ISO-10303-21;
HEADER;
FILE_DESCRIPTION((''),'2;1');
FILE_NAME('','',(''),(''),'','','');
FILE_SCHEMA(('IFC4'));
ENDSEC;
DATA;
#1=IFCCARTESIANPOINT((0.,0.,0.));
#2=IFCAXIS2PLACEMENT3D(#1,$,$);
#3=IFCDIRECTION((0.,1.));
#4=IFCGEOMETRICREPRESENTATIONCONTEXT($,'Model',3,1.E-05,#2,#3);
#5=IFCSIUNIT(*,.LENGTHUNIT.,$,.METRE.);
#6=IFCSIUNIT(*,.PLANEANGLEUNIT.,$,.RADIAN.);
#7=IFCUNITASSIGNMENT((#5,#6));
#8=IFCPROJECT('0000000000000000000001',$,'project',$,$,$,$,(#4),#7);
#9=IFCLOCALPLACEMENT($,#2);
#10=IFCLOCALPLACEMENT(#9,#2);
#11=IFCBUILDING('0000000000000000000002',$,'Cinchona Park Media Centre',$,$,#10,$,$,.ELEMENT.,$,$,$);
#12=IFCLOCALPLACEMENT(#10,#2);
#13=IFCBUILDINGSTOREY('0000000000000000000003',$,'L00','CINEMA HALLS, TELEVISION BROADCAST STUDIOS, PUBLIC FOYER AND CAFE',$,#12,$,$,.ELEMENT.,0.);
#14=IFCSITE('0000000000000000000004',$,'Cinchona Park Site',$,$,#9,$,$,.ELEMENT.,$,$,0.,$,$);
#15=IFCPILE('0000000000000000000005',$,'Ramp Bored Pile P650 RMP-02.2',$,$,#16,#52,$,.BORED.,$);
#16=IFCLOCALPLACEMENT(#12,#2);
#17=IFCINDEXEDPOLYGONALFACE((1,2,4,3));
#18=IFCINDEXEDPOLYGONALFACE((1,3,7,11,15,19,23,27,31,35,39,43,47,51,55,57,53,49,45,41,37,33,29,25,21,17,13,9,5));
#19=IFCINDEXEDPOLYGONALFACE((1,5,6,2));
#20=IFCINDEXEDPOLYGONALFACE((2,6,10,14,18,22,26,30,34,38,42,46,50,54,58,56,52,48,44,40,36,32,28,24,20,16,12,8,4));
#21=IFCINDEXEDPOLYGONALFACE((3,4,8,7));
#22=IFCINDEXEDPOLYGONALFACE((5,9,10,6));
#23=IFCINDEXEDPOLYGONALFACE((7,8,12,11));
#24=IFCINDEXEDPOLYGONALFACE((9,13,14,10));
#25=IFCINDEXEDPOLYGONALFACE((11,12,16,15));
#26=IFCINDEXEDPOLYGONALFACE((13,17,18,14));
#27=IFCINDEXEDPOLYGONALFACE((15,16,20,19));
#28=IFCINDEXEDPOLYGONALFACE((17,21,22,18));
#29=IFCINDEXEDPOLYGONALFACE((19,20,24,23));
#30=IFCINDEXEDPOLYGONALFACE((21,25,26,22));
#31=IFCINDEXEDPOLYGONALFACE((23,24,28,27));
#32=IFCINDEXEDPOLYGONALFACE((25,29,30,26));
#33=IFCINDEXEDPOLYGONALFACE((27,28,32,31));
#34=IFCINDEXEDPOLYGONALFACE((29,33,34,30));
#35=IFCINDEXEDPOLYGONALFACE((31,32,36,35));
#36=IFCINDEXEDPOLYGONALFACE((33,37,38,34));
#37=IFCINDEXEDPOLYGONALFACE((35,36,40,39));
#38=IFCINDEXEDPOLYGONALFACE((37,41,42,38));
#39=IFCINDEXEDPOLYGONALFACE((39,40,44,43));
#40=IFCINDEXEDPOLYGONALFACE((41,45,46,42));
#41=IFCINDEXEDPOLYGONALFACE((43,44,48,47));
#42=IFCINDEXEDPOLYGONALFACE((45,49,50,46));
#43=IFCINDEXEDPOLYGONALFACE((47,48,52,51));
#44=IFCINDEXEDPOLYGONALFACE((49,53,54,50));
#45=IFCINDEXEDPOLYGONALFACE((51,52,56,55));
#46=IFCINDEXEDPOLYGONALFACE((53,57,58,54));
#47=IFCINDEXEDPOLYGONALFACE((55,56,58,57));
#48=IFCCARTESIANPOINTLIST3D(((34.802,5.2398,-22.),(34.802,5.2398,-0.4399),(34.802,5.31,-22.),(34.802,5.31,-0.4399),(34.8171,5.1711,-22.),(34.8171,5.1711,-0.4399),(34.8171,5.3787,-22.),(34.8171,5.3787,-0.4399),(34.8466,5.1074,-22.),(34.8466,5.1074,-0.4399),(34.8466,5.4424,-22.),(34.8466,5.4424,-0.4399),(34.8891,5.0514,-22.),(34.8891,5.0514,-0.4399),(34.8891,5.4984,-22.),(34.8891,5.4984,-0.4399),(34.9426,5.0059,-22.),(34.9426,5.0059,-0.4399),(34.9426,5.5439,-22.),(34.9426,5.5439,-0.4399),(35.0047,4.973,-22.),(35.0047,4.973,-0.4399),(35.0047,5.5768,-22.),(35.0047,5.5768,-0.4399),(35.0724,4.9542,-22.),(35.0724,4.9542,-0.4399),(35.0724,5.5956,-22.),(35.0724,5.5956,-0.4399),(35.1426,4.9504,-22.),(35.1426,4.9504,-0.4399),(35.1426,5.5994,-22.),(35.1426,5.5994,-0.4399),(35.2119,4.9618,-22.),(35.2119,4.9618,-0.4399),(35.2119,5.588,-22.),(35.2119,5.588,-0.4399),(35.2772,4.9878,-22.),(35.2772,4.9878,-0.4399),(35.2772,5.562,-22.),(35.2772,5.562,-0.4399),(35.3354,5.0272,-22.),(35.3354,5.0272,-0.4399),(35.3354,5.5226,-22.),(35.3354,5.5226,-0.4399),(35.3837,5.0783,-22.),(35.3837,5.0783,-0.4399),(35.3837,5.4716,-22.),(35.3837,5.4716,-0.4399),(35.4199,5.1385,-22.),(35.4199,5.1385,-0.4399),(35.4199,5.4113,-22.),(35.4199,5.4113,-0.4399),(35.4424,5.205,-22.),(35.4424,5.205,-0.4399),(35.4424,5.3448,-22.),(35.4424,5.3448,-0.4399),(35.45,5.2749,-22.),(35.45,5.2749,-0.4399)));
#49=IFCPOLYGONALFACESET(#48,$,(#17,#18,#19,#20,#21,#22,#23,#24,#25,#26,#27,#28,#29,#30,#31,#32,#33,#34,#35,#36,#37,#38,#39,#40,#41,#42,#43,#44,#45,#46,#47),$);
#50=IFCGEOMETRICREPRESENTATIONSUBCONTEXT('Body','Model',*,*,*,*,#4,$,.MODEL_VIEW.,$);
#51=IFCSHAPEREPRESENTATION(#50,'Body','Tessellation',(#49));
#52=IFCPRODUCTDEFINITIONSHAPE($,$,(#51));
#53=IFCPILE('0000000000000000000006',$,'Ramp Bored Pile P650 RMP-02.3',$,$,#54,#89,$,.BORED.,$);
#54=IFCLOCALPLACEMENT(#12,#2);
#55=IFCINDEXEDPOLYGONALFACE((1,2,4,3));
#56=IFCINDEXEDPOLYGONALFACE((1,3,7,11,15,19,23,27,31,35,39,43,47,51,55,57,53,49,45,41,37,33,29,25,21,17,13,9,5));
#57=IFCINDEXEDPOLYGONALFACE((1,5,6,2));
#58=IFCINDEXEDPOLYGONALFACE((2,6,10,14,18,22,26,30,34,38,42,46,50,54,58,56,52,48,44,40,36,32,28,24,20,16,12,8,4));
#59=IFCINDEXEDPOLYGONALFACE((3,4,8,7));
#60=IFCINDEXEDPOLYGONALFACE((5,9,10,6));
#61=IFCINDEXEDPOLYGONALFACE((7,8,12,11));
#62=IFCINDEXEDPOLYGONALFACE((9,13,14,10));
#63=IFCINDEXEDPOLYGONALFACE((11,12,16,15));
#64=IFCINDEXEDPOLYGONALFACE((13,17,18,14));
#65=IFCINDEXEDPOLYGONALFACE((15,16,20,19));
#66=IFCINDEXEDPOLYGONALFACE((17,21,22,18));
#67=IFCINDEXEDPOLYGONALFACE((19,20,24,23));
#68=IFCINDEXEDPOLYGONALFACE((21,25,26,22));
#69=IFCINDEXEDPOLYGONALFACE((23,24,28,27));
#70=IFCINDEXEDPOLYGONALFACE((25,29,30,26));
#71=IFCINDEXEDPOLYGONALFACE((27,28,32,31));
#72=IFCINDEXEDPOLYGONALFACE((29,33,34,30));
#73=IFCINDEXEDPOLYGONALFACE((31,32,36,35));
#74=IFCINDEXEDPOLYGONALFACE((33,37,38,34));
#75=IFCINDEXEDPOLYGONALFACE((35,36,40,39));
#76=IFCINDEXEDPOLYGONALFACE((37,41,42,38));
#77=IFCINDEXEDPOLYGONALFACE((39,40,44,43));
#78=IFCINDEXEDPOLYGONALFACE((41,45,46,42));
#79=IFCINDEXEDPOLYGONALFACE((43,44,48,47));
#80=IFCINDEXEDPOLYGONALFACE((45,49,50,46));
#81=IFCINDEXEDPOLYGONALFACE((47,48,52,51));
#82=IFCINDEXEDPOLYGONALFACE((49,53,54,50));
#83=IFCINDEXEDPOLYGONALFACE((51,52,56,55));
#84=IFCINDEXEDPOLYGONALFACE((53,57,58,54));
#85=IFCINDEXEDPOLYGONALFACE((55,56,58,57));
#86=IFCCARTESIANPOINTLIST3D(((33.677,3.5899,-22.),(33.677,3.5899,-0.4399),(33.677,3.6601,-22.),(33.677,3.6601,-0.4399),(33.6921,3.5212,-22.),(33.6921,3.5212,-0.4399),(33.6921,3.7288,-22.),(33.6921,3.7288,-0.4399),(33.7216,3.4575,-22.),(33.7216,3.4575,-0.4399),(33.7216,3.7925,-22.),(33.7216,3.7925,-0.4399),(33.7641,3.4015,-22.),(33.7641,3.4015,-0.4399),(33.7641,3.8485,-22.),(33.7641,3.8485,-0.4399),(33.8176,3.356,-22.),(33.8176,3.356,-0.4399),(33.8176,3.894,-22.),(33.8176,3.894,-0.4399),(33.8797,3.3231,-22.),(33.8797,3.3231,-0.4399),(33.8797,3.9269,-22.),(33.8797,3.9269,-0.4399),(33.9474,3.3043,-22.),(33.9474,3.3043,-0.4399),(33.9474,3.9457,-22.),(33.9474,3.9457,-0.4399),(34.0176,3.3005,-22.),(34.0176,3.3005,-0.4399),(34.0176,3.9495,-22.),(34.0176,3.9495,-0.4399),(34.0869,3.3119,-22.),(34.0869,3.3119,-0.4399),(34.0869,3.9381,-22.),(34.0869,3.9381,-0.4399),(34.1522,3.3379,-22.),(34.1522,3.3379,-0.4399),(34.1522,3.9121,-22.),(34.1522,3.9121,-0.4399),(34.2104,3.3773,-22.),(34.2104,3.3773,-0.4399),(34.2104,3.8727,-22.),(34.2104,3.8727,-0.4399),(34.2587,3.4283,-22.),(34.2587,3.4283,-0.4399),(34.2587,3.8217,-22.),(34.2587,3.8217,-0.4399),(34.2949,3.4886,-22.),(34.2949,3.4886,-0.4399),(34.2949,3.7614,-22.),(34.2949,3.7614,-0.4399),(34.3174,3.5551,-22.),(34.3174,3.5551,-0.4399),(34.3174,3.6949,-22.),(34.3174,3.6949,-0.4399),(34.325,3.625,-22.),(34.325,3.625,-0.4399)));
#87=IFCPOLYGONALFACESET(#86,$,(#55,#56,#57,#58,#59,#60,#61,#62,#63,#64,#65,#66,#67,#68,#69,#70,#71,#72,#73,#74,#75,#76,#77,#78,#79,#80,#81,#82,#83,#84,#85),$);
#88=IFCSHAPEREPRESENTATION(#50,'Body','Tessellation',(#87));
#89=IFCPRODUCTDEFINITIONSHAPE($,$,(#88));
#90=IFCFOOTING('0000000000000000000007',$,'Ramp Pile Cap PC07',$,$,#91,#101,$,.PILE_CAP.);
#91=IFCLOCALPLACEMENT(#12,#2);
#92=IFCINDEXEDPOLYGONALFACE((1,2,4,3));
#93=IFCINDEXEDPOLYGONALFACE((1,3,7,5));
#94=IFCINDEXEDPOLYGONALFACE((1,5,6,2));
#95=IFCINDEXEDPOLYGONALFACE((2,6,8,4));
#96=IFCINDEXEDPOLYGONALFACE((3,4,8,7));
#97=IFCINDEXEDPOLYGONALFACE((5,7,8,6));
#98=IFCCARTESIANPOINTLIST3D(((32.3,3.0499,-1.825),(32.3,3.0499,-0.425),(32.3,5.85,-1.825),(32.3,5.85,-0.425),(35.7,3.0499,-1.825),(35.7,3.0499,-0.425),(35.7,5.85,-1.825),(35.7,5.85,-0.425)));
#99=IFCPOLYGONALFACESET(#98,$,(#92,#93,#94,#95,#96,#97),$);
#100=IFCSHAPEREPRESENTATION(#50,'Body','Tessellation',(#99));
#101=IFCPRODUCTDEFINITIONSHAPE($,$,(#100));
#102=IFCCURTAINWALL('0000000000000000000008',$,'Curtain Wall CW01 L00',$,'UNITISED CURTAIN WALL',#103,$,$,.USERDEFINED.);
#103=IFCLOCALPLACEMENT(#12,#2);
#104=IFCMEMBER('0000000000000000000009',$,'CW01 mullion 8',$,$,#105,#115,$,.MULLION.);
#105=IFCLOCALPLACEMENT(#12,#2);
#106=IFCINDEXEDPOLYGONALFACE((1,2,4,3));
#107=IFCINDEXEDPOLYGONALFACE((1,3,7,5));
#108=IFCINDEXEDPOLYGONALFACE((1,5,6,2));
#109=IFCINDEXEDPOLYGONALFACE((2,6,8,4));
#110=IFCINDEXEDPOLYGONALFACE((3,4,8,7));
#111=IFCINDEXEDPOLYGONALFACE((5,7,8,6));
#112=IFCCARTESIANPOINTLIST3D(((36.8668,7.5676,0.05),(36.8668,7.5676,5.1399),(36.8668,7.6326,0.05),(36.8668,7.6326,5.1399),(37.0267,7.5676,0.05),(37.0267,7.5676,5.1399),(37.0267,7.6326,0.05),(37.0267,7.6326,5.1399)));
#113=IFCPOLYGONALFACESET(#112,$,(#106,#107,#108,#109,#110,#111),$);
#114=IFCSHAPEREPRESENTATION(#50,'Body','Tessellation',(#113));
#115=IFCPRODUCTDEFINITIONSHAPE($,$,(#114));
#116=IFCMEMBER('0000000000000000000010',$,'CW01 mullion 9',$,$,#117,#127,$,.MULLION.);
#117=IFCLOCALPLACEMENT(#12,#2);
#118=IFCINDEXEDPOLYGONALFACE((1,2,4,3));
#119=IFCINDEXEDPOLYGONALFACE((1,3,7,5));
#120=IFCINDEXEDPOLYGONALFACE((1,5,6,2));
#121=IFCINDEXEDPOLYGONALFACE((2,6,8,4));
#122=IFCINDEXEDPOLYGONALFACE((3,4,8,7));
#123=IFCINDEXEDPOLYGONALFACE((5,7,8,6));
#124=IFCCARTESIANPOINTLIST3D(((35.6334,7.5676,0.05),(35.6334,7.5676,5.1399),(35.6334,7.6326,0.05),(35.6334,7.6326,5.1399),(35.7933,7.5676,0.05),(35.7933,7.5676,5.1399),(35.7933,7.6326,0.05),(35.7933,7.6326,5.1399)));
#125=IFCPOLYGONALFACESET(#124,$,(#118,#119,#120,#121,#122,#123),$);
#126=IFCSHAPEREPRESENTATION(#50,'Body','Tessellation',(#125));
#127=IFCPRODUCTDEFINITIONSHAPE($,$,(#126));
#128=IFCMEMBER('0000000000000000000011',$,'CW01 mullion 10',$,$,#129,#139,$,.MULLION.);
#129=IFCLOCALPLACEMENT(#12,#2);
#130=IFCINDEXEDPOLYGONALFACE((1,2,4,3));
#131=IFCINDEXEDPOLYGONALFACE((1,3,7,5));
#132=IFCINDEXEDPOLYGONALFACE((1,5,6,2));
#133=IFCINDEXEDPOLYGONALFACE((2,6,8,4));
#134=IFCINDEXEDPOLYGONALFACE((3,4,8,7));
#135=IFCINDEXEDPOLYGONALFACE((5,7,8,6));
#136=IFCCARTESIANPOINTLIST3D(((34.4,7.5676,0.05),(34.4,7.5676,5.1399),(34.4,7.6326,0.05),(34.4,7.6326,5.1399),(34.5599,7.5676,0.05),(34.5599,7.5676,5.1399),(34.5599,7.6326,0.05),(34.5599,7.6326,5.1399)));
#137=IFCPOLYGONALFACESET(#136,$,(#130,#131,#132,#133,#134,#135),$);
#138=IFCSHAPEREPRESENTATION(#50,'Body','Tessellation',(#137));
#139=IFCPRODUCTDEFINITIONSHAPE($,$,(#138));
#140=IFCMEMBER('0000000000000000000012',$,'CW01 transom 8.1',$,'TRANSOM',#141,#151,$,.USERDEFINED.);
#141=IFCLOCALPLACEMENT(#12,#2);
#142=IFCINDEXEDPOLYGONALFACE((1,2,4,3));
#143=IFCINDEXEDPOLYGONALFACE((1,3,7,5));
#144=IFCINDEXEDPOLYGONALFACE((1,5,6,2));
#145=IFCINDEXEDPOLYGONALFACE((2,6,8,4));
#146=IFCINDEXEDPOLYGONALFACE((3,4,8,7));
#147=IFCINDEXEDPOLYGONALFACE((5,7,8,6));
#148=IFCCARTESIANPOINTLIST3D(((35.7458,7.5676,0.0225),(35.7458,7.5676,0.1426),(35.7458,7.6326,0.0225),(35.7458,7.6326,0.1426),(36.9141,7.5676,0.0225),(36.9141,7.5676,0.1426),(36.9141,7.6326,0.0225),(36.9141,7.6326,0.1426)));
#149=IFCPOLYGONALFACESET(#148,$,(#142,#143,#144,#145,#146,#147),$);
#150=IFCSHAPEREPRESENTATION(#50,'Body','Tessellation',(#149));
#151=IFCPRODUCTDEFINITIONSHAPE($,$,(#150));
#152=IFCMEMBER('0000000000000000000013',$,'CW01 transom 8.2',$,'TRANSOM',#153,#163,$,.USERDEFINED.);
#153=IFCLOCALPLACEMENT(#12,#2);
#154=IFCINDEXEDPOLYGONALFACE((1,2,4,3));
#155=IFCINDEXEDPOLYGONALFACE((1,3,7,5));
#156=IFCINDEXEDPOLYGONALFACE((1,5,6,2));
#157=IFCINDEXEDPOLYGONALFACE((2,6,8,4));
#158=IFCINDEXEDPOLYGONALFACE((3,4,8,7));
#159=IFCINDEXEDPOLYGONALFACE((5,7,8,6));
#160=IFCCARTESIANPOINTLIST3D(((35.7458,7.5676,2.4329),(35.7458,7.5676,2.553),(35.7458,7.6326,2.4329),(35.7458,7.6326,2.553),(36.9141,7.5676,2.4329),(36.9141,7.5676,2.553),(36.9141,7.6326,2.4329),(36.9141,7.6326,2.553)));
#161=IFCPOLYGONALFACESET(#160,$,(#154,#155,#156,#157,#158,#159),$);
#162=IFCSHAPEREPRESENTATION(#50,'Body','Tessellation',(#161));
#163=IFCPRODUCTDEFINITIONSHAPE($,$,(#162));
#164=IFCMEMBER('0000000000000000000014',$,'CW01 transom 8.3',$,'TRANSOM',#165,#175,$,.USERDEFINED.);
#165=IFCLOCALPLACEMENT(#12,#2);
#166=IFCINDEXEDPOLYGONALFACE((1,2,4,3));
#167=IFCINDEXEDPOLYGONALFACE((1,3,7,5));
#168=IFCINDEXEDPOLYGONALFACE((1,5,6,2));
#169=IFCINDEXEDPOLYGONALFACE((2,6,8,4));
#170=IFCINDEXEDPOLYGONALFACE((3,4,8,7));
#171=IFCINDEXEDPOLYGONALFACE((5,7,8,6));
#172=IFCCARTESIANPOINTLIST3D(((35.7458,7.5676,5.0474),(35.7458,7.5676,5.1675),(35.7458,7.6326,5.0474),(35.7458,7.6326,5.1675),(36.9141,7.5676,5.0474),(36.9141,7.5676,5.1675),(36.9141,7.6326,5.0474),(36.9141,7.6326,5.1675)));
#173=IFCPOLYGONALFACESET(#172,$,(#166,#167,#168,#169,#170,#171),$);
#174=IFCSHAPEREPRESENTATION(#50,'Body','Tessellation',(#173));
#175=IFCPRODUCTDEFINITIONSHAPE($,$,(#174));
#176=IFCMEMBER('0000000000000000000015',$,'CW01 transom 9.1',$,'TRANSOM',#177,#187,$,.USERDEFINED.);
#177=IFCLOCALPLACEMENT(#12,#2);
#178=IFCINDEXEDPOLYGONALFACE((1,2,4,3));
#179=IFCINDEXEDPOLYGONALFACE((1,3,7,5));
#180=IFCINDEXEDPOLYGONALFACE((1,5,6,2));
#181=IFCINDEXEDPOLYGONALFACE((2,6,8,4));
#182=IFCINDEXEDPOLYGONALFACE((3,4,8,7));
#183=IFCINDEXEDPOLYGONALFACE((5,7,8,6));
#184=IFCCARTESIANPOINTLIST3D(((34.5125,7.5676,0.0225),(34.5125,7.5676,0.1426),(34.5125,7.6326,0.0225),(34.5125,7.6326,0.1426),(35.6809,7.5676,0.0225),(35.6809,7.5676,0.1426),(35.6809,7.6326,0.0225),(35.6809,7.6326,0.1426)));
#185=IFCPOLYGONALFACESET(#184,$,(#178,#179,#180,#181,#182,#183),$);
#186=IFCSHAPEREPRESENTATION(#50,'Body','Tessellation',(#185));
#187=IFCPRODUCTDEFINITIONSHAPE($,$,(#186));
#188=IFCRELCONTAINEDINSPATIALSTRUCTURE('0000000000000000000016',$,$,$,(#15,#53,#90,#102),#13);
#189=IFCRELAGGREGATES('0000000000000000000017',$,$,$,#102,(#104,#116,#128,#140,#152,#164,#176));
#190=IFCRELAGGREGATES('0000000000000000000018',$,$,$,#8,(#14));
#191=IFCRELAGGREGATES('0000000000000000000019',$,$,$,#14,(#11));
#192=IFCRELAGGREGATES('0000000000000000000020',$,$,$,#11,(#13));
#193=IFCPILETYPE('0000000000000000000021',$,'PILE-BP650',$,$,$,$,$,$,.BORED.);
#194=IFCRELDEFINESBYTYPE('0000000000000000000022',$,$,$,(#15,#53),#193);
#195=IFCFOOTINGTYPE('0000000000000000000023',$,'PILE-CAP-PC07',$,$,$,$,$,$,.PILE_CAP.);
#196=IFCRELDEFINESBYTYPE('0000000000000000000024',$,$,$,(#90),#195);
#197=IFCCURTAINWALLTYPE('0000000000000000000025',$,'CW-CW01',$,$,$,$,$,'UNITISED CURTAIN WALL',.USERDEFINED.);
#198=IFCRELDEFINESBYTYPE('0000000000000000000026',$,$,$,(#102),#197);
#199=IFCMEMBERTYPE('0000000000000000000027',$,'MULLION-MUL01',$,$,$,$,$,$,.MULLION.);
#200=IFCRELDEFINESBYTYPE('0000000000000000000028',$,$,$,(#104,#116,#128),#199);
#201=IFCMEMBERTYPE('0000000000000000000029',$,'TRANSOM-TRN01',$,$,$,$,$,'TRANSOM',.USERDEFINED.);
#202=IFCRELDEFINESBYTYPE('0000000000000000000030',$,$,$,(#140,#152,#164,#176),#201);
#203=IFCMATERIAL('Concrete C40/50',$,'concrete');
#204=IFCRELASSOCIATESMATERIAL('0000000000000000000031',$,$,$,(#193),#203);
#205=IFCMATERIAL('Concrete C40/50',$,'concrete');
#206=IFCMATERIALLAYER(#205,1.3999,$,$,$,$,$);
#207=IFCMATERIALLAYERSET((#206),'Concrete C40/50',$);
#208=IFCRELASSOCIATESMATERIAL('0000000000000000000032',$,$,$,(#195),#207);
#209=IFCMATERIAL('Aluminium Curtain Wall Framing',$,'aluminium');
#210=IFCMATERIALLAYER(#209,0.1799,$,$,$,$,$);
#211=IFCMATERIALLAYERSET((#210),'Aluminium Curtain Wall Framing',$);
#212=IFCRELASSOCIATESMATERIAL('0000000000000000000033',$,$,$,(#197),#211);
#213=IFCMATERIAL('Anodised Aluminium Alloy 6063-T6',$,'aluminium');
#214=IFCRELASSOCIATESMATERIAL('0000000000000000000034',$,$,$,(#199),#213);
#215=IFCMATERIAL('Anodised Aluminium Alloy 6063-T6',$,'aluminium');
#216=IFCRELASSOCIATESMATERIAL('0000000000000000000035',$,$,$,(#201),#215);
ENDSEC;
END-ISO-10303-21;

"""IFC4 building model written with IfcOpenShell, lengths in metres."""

from ifc_helpers import new_model, si_unit, direction, frame, origin, origin_2d, place, context, subcontext, project, spatial, rectangle, circle, extrude, material, layer, layer_set, material_profile, profile_set, type_object, element, aggregate, save


model = new_model("IFC4")

# Units and contexts
model_context = context("Model", 3, precision=1e-05, world=origin(), true_north=direction((0.0, 1.0)))
body_context = subcontext(model_context, "Body", "Model", "MODEL_VIEW")
ifc_project = project(units=[si_unit("LENGTHUNIT", "METRE"), si_unit("PLANEANGLEUNIT", "RADIAN")], contexts=[model_context])

# Site, building, storey
site_placement = place(None, origin())
site = spatial("IfcSite", under=ifc_project, at=site_placement, Name="Cinchona Park Site", CompositionType="ELEMENT", RefElevation=0.0)
building_placement = place(site_placement, origin())
building = spatial("IfcBuilding", under=site, at=building_placement, Name="Cinchona Park Media Centre", CompositionType="ELEMENT")
storey_placement = place(building_placement, origin())
storey = spatial("IfcBuildingStorey", under=building, at=storey_placement, Name="L00", Description="CINEMA HALLS, TELEVISION BROADCAST STUDIOS, PUBLIC FOYER AND CAFE", CompositionType="ELEMENT", Elevation=0.0)

# Piles
ifc_material_1 = material(Name="Concrete C40/50", Category="concrete")
ifc_material_profile_1 = material_profile(ifc_material_1, circle(Radius=0.325, at=origin_2d()), Name="BORED PILE 650")
ifc_profile_set_1 = profile_set([ifc_material_profile_1], Name="Concrete C40/50")
pile_type = type_object("IfcPileType", Name="PILE-BP650", PredefinedType="BORED", material=ifc_profile_set_1)
for number, where, z_axis, x_axis, name in (
    (1, (35.125, 5.2749, -0.4399), (0.0, 0.0, -1.0), (1.0, 0.0, 0.0), "Ramp Bored Pile P650 RMP-02.2"),
    (2, (34.0, 3.625, -0.4399), (0.0, 0.0, -1.0), (1.0, 0.0, 0.0), "Ramp Bored Pile P650 RMP-02.3"),
):
    element("IfcPile", number, at=place(storey_placement, frame(where, z_axis=z_axis, x_axis=x_axis)), inside=storey, type_object=pile_type, Name=name, PredefinedType="BORED", context=body_context, shape_type="SweptSolid", body=[
        extrude(circle(Radius=0.325, at=origin_2d()), origin(), (0.0, 0.0, 1.0), 21.5601),
    ])

# Footing
ifc_material_2 = material(Name="Concrete C40/50", Category="concrete")
ifc_layer_1 = layer(ifc_material_2, 1.3999)
ifc_layer_set_1 = layer_set([ifc_layer_1], Name="Concrete C40/50")
footing_type = type_object("IfcFootingType", Name="PILE-CAP-PC07", PredefinedType="PILE_CAP", material=ifc_layer_set_1)
footing_placement = place(storey_placement, frame((34.0, 4.45, -1.825), z_axis=(0.0, 0.0, 1.0), x_axis=(1.0, 0.0, 0.0)))
element("IfcFooting", 3, at=footing_placement, inside=storey, type_object=footing_type, Name="Ramp Pile Cap PC07", PredefinedType="PILE_CAP", context=body_context, shape_type="SweptSolid", body=[
    extrude(rectangle(XDim=3.3999, YDim=2.8, at=origin_2d()), origin(), (0.0, 0.0, 1.0), 1.3999),
])

# Curtain wall, members
ifc_material_3 = material(Name="Aluminium Curtain Wall Framing", Category="aluminium")
ifc_layer_2 = layer(ifc_material_3, 0.1799)
ifc_layer_set_2 = layer_set([ifc_layer_2], Name="Aluminium Curtain Wall Framing")
curtain_wall_type = type_object("IfcCurtainWallType", Name="CW-CW01", ElementType="UNITISED CURTAIN WALL", PredefinedType="USERDEFINED", material=ifc_layer_set_2)
curtain_wall_placement = place(storey_placement, origin())
curtain_wall = element("IfcCurtainWall", 4, at=curtain_wall_placement, inside=storey, type_object=curtain_wall_type, Name="Curtain Wall CW01 L00", ObjectType="UNITISED CURTAIN WALL", PredefinedType="USERDEFINED")
ifc_material_4 = material(Name="Anodised Aluminium Alloy 6063-T6", Category="aluminium")
ifc_material_profile_2 = material_profile(ifc_material_4, rectangle(XDim=0.0649, YDim=0.1599, at=origin_2d()), Name="MUL-65X160")
ifc_profile_set_2 = profile_set([ifc_material_profile_2], Name="Anodised Aluminium Alloy 6063-T6")
member_type_1 = type_object("IfcMemberType", Name="MULLION-MUL01", PredefinedType="MULLION", material=ifc_profile_set_2)
member_1_placement = place(storey_placement, frame((36.9468, 7.6001, 0.05), z_axis=(0.0, 0.0, 1.0), x_axis=(0.0, -1.0, 0.0)))
member_1 = element("IfcMember", 5, at=member_1_placement, type_object=member_type_1, Name="CW01 mullion 8", PredefinedType="MULLION", context=body_context, shape_type="SweptSolid", body=[
    extrude(rectangle(XDim=0.0649, YDim=0.1599, at=origin_2d()), origin(), (0.0, 0.0, 1.0), 5.0898),
])
member_2_placement = place(storey_placement, frame((35.7134, 7.6001, 0.05), z_axis=(0.0, 0.0, 1.0), x_axis=(0.0, -1.0, 0.0)))
member_2 = element("IfcMember", 6, at=member_2_placement, type_object=member_type_1, Name="CW01 mullion 9", PredefinedType="MULLION", context=body_context, shape_type="SweptSolid", body=[
    extrude(rectangle(XDim=0.0649, YDim=0.1599, at=origin_2d()), origin(), (0.0, 0.0, 1.0), 5.0898),
])
member_3_placement = place(storey_placement, frame((34.48, 7.6001, 0.05), z_axis=(0.0, 0.0, 1.0), x_axis=(0.0, -1.0, 0.0)))
member_3 = element("IfcMember", 7, at=member_3_placement, type_object=member_type_1, Name="CW01 mullion 10", PredefinedType="MULLION", context=body_context, shape_type="SweptSolid", body=[
    extrude(rectangle(XDim=0.0649, YDim=0.1599, at=origin_2d()), origin(), (0.0, 0.0, 1.0), 5.0898),
])
ifc_material_5 = material(Name="Anodised Aluminium Alloy 6063-T6", Category="aluminium")
ifc_material_profile_3 = material_profile(ifc_material_5, rectangle(XDim=0.0649, YDim=0.1201, at=origin_2d()), Name="TRN-65X120")
ifc_profile_set_3 = profile_set([ifc_material_profile_3], Name="Anodised Aluminium Alloy 6063-T6")
member_type_2 = type_object("IfcMemberType", Name="TRANSOM-TRN01", ElementType="TRANSOM", PredefinedType="USERDEFINED", material=ifc_profile_set_3)
member_4_placement = place(storey_placement, frame((36.9141, 7.6001, 0.0825), z_axis=(-1.0, 0.0, 0.0), x_axis=(0.0, -1.0, 0.0)))
member_4 = element("IfcMember", 8, at=member_4_placement, type_object=member_type_2, Name="CW01 transom 8.1", ObjectType="TRANSOM", PredefinedType="USERDEFINED", context=body_context, shape_type="SweptSolid", body=[
    extrude(rectangle(XDim=0.0649, YDim=0.1201, at=origin_2d()), origin(), (0.0, 0.0, 1.0), 1.1682),
])
member_5_placement = place(storey_placement, frame((36.9141, 7.6001, 2.4929), z_axis=(-1.0, 0.0, 0.0), x_axis=(0.0, -1.0, 0.0)))
member_5 = element("IfcMember", 9, at=member_5_placement, type_object=member_type_2, Name="CW01 transom 8.2", ObjectType="TRANSOM", PredefinedType="USERDEFINED", context=body_context, shape_type="SweptSolid", body=[
    extrude(rectangle(XDim=0.0649, YDim=0.1201, at=origin_2d()), origin(), (0.0, 0.0, 1.0), 1.1682),
])
member_6_placement = place(storey_placement, frame((36.9141, 7.6001, 5.1074), z_axis=(-1.0, 0.0, 0.0), x_axis=(0.0, -1.0, 0.0)))
member_6 = element("IfcMember", 10, at=member_6_placement, type_object=member_type_2, Name="CW01 transom 8.3", ObjectType="TRANSOM", PredefinedType="USERDEFINED", context=body_context, shape_type="SweptSolid", body=[
    extrude(rectangle(XDim=0.0649, YDim=0.1201, at=origin_2d()), origin(), (0.0, 0.0, 1.0), 1.1682),
])
member_7_placement = place(storey_placement, frame((35.6809, 7.6001, 0.0825), z_axis=(-1.0, 0.0, 0.0), x_axis=(0.0, -1.0, 0.0)))
member_7 = element("IfcMember", 11, at=member_7_placement, type_object=member_type_2, Name="CW01 transom 9.1", ObjectType="TRANSOM", PredefinedType="USERDEFINED", context=body_context, shape_type="SweptSolid", body=[
    extrude(rectangle(XDim=0.0649, YDim=0.1201, at=origin_2d()), origin(), (0.0, 0.0, 1.0), 1.1685),
])
aggregate(curtain_wall, [member_1, member_2, member_3, member_4, member_5, member_6, member_7])

save(model, "model.ifc")
